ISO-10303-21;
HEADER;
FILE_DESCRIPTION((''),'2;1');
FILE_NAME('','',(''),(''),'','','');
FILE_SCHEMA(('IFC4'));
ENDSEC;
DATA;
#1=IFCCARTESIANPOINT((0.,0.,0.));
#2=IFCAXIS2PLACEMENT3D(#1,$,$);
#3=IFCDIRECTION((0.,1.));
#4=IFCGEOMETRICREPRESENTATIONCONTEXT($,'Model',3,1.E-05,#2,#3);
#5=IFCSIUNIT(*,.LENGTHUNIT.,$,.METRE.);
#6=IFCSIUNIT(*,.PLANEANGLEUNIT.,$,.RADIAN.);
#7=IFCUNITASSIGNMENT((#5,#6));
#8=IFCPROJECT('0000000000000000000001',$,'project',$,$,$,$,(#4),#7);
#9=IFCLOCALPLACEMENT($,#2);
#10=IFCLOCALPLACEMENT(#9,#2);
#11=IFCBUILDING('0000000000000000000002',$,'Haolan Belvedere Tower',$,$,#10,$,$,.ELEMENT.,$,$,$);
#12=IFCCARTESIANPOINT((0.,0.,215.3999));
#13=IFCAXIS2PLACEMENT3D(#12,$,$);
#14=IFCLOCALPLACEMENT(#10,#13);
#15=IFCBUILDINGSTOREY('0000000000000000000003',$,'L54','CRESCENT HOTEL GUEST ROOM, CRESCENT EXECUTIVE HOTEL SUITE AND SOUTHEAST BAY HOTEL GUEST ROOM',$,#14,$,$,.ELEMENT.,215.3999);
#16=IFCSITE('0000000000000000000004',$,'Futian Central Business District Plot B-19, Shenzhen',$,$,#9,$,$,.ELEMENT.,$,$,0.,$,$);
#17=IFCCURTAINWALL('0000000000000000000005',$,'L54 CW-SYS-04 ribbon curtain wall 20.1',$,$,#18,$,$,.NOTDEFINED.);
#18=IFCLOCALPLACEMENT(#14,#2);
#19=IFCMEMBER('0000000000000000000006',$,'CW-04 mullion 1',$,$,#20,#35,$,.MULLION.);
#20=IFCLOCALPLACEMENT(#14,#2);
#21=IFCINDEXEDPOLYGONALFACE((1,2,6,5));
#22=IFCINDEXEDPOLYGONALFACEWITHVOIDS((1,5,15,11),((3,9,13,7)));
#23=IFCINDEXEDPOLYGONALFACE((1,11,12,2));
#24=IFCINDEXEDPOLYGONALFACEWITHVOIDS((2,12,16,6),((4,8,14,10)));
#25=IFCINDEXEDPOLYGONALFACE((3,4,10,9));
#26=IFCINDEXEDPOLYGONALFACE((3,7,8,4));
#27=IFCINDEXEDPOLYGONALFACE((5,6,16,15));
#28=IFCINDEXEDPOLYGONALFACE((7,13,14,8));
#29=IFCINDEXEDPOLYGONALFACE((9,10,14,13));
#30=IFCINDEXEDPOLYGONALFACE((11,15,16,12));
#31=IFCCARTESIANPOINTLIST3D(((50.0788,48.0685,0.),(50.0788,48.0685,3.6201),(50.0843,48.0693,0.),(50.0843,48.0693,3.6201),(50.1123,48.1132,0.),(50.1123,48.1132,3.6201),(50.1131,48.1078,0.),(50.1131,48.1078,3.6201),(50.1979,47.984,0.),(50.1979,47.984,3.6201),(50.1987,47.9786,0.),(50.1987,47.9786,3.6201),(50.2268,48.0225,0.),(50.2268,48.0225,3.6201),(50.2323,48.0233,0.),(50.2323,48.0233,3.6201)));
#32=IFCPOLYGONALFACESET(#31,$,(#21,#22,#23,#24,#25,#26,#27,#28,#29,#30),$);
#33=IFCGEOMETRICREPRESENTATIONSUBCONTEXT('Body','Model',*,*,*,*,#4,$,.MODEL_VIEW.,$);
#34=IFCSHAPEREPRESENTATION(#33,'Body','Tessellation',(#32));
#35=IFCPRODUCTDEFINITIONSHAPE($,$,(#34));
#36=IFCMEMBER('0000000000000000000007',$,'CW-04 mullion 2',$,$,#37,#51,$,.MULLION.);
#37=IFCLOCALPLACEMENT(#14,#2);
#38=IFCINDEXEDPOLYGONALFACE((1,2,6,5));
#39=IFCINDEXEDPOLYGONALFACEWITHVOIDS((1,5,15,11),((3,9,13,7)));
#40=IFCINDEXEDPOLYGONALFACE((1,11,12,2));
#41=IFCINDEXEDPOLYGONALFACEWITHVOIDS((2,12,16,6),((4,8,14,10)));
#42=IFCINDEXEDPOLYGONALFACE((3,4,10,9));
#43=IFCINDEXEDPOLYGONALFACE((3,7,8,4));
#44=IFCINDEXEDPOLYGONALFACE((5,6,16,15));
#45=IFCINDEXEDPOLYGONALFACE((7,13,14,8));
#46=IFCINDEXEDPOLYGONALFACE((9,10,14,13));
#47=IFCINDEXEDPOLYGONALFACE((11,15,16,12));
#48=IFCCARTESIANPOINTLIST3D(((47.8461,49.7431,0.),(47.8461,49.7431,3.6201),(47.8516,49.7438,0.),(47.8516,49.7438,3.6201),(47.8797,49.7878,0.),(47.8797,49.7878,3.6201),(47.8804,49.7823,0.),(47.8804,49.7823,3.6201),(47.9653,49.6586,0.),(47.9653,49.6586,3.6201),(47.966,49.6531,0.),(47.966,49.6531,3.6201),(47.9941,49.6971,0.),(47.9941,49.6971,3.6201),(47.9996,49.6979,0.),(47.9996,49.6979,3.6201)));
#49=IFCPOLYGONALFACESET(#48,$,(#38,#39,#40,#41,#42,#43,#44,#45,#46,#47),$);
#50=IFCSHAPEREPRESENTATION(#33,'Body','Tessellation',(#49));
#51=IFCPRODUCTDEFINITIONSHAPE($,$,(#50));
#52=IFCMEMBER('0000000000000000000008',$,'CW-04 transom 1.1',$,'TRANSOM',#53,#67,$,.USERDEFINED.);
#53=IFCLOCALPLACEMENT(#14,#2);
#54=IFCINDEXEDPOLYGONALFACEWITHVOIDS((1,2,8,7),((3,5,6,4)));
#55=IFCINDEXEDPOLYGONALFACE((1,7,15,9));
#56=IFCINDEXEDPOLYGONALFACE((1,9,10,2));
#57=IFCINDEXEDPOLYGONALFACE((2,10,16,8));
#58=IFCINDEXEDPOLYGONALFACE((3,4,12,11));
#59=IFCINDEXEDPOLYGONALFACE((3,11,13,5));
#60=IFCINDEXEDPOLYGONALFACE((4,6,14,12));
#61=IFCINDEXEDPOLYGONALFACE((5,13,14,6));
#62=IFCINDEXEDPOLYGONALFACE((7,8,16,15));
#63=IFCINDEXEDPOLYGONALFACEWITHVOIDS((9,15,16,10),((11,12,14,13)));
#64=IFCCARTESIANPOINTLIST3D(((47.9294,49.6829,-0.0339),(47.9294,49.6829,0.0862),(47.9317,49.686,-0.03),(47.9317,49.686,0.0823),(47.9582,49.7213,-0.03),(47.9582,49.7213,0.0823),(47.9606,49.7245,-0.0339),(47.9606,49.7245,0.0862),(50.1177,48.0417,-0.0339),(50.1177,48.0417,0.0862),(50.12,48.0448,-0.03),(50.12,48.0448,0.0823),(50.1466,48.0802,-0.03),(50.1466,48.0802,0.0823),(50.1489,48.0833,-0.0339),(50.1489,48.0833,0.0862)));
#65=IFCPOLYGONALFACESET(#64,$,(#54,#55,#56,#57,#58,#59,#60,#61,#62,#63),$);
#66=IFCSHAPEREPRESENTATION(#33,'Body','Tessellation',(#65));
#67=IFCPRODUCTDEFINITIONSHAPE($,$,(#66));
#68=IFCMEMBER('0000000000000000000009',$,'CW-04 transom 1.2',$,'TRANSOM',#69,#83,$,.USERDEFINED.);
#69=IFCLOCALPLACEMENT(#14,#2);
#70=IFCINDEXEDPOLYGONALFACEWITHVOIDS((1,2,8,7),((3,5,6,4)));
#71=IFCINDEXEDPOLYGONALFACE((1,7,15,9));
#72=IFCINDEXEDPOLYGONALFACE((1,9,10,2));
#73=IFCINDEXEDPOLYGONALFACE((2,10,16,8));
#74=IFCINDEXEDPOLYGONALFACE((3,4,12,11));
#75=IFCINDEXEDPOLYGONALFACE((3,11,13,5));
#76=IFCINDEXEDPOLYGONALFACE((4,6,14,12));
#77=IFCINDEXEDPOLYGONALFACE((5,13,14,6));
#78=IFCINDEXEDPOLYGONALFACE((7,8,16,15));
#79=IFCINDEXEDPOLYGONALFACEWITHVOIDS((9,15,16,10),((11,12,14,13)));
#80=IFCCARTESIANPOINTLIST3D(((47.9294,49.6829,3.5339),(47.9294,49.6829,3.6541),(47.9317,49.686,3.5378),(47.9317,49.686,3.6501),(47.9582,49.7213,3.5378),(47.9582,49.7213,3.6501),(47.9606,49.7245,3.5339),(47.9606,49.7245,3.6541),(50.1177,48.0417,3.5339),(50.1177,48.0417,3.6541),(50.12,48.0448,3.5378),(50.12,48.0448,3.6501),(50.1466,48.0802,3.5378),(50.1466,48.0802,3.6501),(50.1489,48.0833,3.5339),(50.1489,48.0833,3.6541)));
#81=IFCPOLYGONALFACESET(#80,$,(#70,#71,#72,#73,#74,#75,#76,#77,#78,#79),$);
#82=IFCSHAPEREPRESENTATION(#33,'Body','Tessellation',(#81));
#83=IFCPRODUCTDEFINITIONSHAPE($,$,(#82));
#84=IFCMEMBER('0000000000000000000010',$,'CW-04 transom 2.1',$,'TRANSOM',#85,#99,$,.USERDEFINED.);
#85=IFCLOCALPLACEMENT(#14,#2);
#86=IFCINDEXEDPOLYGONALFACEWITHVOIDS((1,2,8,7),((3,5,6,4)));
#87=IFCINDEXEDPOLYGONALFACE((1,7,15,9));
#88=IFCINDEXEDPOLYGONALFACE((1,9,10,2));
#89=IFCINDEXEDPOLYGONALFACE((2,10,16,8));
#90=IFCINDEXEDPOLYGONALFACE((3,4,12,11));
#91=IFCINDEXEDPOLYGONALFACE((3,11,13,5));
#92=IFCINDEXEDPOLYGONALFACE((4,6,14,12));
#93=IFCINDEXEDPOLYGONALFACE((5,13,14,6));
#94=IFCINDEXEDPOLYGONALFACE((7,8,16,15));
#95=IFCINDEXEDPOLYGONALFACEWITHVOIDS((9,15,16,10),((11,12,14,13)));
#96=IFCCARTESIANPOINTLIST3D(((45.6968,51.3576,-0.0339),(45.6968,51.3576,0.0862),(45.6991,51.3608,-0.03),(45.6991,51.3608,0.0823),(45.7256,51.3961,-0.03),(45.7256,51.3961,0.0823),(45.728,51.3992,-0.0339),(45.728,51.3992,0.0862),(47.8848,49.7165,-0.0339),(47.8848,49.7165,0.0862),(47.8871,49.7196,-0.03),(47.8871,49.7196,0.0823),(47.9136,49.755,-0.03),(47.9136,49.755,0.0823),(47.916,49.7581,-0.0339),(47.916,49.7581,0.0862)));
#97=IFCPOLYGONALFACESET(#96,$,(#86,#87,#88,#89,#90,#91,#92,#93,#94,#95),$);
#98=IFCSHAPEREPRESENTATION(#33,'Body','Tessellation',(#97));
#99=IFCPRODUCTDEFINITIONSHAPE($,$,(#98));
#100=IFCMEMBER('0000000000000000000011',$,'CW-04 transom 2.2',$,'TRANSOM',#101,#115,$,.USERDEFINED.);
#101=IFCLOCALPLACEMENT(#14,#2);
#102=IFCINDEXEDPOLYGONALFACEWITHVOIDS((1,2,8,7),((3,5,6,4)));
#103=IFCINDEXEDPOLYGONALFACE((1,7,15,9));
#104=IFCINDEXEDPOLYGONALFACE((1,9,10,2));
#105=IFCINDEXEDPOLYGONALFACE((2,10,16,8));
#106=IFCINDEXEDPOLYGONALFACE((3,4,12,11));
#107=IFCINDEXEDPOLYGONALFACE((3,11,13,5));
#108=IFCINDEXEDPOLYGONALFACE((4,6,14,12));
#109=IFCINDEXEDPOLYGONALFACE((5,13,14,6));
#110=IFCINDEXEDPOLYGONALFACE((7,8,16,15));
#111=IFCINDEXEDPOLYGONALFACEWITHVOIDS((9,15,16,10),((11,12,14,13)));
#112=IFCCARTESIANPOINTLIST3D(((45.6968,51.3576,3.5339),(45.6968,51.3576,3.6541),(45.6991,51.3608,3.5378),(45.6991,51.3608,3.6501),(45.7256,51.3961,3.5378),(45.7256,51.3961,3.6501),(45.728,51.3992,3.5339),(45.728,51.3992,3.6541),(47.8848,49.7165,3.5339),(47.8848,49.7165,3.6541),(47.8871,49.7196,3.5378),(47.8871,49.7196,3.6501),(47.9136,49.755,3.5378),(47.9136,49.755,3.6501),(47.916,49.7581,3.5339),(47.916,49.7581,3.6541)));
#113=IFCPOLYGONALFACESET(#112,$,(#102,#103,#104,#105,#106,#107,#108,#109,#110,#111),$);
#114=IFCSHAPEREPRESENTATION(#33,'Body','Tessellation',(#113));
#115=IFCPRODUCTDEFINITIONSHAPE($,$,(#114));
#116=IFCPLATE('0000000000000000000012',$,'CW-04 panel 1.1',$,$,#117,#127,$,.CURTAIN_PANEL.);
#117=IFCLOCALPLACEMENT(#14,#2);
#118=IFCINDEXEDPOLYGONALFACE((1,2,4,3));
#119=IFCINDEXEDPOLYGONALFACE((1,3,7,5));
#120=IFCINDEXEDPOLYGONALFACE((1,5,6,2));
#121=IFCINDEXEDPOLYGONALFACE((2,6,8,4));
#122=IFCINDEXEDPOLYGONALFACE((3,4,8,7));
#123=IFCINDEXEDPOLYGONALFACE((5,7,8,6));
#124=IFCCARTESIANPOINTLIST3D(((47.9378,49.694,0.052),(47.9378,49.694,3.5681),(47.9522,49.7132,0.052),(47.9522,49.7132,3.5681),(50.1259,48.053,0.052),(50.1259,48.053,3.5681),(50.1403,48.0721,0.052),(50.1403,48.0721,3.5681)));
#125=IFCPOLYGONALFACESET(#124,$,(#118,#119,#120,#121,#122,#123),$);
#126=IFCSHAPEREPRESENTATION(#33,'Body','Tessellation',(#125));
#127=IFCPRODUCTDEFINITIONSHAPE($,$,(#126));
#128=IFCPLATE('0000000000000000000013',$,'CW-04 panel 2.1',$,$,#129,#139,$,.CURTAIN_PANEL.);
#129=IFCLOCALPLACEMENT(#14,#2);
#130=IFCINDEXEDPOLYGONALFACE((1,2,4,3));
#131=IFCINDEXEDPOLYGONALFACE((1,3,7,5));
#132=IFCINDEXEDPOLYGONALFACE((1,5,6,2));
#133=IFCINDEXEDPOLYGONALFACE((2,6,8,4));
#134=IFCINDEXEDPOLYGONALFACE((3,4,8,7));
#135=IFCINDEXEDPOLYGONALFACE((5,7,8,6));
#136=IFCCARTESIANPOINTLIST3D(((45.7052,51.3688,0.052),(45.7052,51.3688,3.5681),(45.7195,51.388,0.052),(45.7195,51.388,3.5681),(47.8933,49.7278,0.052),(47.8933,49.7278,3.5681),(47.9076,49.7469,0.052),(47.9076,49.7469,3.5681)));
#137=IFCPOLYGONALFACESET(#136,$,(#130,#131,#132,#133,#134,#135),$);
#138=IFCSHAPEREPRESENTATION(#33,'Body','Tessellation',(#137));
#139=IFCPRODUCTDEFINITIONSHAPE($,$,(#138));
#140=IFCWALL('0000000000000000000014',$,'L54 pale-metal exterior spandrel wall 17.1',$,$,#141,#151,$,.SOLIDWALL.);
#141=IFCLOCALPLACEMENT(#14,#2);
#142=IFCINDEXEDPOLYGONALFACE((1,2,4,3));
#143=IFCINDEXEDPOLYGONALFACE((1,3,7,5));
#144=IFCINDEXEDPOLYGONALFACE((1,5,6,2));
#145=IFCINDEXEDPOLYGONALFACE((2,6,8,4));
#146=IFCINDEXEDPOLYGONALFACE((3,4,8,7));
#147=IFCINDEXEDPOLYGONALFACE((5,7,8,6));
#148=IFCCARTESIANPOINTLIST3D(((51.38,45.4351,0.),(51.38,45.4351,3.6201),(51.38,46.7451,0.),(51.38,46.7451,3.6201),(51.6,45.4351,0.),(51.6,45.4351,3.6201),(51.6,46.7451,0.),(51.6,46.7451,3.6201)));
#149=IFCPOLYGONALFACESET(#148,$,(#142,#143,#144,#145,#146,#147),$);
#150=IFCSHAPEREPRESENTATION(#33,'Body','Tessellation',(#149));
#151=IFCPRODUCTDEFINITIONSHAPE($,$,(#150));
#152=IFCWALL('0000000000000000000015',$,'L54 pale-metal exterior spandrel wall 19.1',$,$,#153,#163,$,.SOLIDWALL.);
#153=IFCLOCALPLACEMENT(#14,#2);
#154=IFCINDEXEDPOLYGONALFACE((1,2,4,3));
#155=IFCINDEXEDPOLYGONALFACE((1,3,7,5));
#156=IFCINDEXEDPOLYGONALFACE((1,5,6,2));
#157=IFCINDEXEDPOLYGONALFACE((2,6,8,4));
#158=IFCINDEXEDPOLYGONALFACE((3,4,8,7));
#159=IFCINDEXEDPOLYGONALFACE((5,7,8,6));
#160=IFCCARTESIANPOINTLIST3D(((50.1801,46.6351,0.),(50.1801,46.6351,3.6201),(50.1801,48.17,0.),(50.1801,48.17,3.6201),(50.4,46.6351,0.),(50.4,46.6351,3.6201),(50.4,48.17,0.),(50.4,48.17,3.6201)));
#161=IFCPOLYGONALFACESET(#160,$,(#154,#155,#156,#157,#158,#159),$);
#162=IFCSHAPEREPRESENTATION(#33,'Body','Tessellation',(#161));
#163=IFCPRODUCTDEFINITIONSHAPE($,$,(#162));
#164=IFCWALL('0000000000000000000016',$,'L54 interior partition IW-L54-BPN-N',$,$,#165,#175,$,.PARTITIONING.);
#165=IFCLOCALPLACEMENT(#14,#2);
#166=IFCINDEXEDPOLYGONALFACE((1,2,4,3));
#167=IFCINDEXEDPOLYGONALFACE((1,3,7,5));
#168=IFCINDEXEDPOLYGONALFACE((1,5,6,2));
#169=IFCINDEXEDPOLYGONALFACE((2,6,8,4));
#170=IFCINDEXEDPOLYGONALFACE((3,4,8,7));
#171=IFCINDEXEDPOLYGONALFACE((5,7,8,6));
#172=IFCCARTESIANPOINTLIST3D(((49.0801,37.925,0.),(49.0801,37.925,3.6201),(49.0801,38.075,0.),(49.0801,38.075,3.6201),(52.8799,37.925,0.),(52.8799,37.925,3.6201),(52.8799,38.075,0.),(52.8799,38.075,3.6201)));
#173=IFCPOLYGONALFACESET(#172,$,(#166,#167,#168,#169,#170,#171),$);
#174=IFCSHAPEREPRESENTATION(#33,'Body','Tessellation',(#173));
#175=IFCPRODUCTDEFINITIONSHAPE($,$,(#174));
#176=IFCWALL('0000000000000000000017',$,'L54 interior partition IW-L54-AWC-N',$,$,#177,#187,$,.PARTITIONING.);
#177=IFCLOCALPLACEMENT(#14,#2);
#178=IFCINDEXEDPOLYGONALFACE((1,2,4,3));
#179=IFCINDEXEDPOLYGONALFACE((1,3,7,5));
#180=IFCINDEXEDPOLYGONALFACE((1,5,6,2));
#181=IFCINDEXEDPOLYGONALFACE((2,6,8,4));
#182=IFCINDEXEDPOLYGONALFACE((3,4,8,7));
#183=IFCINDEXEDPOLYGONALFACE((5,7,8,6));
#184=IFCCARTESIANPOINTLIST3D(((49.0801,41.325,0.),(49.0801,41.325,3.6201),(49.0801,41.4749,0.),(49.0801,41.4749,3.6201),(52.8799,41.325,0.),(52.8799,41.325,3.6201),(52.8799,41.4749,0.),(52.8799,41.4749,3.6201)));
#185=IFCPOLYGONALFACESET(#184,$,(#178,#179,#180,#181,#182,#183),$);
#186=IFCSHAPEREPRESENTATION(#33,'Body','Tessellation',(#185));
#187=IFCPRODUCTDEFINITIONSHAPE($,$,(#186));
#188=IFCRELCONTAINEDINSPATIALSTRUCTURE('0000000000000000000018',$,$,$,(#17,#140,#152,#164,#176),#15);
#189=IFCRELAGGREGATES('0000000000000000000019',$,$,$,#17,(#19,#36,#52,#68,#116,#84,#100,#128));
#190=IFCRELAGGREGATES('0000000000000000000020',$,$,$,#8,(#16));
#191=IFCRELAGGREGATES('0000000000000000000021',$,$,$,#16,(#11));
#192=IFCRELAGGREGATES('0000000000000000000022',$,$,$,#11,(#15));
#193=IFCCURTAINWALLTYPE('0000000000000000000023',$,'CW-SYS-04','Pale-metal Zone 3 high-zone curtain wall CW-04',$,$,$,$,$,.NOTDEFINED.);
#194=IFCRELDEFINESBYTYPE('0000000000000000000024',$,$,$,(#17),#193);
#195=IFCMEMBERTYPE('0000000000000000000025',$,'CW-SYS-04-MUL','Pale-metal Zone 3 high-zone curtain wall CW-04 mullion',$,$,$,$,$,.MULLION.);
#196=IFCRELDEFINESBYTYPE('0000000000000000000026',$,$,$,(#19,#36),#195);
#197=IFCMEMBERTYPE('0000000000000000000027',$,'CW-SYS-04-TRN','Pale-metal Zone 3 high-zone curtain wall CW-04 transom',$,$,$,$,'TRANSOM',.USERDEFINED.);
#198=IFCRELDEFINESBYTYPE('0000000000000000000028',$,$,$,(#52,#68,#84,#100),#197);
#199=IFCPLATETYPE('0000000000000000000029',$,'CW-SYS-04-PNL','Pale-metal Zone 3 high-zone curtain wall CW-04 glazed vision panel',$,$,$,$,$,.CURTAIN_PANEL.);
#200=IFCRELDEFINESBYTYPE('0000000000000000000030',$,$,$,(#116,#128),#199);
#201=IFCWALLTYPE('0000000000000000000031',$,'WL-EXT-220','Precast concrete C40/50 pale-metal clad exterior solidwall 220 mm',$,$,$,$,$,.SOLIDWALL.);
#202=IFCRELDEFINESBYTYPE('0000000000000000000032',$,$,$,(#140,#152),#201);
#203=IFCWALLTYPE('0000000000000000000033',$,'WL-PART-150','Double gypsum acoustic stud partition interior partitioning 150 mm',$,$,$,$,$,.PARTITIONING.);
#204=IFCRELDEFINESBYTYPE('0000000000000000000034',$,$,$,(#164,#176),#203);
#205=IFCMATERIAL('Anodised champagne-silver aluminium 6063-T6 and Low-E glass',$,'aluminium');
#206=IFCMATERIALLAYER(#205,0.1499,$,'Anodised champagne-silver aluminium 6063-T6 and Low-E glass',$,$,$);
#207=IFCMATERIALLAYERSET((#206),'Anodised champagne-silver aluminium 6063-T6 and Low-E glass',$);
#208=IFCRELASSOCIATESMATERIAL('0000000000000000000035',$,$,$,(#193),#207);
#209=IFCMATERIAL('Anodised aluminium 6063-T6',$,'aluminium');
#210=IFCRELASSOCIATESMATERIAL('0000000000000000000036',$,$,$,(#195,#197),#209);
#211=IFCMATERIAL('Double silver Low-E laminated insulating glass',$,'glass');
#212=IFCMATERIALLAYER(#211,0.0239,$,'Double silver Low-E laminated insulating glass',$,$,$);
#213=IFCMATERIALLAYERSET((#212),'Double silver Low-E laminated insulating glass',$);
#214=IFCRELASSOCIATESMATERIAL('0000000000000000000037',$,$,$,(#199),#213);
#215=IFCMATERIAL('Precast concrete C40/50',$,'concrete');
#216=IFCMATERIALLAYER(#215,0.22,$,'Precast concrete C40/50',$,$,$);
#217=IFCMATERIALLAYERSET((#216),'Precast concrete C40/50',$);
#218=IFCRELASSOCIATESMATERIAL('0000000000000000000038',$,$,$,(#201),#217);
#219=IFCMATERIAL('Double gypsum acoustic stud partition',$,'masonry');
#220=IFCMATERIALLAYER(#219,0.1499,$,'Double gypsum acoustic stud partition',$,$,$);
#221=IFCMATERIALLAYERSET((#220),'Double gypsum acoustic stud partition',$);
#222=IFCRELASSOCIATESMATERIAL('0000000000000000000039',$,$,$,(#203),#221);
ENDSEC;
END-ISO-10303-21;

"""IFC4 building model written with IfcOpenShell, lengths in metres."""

from ifc_helpers import new_model, si_unit, direction, frame, frame_2d, origin, origin_2d, place, context, subcontext, project, spatial, rectangle, hollow_rectangle, extrude, material, layer, layer_set, material_profile, profile_set, type_object, element, aggregate, save


model = new_model("IFC4")

# Units and contexts
model_context = context("Model", 3, precision=1e-05, world=origin(), true_north=direction((0.0, 1.0)))
body_context = subcontext(model_context, "Body", "Model", "MODEL_VIEW")
ifc_project = project(units=[si_unit("LENGTHUNIT", "METRE"), si_unit("PLANEANGLEUNIT", "RADIAN")], contexts=[model_context])

# Site, building, storey
site_placement = place(None, origin())
site = spatial("IfcSite", under=ifc_project, at=site_placement, Name="Futian Central Business District Plot B-19, Shenzhen", CompositionType="ELEMENT", RefElevation=0.0)
building_placement = place(site_placement, origin())
building = spatial("IfcBuilding", under=site, at=building_placement, Name="Haolan Belvedere Tower", CompositionType="ELEMENT")
storey_placement = place(building_placement, frame((0.0, 0.0, 215.3999)))
storey = spatial("IfcBuildingStorey", under=building, at=storey_placement, Name="L54", Description="CRESCENT HOTEL GUEST ROOM, CRESCENT EXECUTIVE HOTEL SUITE AND SOUTHEAST BAY HOTEL GUEST ROOM", CompositionType="ELEMENT", Elevation=215.3999)

# Curtain wall, members, plates
ifc_material_1 = material(Name="Anodised champagne-silver aluminium 6063-T6 and Low-E glass", Category="aluminium")
ifc_layer_1 = layer(ifc_material_1, 0.1499, Name="Anodised champagne-silver aluminium 6063-T6 and Low-E glass")
ifc_layer_set_1 = layer_set([ifc_layer_1], Name="Anodised champagne-silver aluminium 6063-T6 and Low-E glass")
curtain_wall_type = type_object("IfcCurtainWallType", Name="CW-SYS-04", Description="Pale-metal Zone 3 high-zone curtain wall CW-04", PredefinedType="NOTDEFINED", material=ifc_layer_set_1)
curtain_wall_placement = place(storey_placement, origin())
curtain_wall = element("IfcCurtainWall", 1, at=curtain_wall_placement, inside=storey, type_object=curtain_wall_type, Name="L54 CW-SYS-04 ribbon curtain wall 20.1", PredefinedType="NOTDEFINED")
ifc_material_2 = material(Name="Anodised aluminium 6063-T6", Category="aluminium")
ifc_material_profile_1 = material_profile(ifc_material_2, hollow_rectangle(XDim=0.0559, YDim=0.1499, WallThickness=0.0039, at=origin_2d()), Name="Anodised aluminium 6063-T6")
ifc_profile_set_1 = profile_set([ifc_material_profile_1], Name="Anodised aluminium 6063-T6")
member_type_1 = type_object("IfcMemberType", Name="CW-SYS-04-MUL", Description="Pale-metal Zone 3 high-zone curtain wall CW-04 mullion", PredefinedType="MULLION", material=ifc_profile_set_1)
member_1_placement = place(storey_placement, frame((50.1555, 48.0459, 0.0), z_axis=(0.0, 0.0, 1.0), x_axis=(-0.600003, -0.799998, 0.0)))
member_1 = element("IfcMember", 2, at=member_1_placement, type_object=member_type_1, Name="CW-04 mullion 1", PredefinedType="MULLION", context=body_context, shape_type="SweptSolid", body=[
    extrude(hollow_rectangle(XDim=0.0559, YDim=0.1499, WallThickness=0.0039, at=origin_2d()), origin(), (0.0, 0.0, 1.0), 3.6201),
])
member_2_placement = place(storey_placement, frame((47.9229, 49.7205, 0.0), z_axis=(0.0, 0.0, 1.0), x_axis=(-0.600003, -0.799998, 0.0)))
member_2 = element("IfcMember", 3, at=member_2_placement, type_object=member_type_1, Name="CW-04 mullion 2", PredefinedType="MULLION", context=body_context, shape_type="SweptSolid", body=[
    extrude(hollow_rectangle(XDim=0.0559, YDim=0.1499, WallThickness=0.0039, at=origin_2d()), origin(), (0.0, 0.0, 1.0), 3.6201),
])
ifc_material_profile_2 = material_profile(ifc_material_2, hollow_rectangle(XDim=0.052, YDim=0.1201, WallThickness=0.0039, at=origin_2d()), Name="Anodised aluminium 6063-T6")
ifc_profile_set_2 = profile_set([ifc_material_profile_2], Name="Anodised aluminium 6063-T6")
member_type_2 = type_object("IfcMemberType", Name="CW-SYS-04-TRN", Description="Pale-metal Zone 3 high-zone curtain wall CW-04 transom", ElementType="TRANSOM", PredefinedType="USERDEFINED", material=ifc_profile_set_2)
member_3_placement = place(storey_placement, frame((50.1333, 48.0625, 0.0261), z_axis=(-0.800011, 0.599986, 0.0), x_axis=(-0.599986, -0.800011, 0.0)))
member_3 = element("IfcMember", 4, at=member_3_placement, type_object=member_type_2, Name="CW-04 transom 1.1", ObjectType="TRANSOM", PredefinedType="USERDEFINED", context=body_context, shape_type="SweptSolid", body=[
    extrude(hollow_rectangle(XDim=0.052, YDim=0.1201, WallThickness=0.0039, at=origin_2d()), origin(), (0.0, 0.0, 1.0), 2.7354),
])
member_4_placement = place(storey_placement, frame((50.1333, 48.0625, 3.594), z_axis=(-0.800011, 0.599986, 0.0), x_axis=(-0.599986, -0.800011, 0.0)))
member_4 = element("IfcMember", 5, at=member_4_placement, type_object=member_type_2, Name="CW-04 transom 1.2", ObjectType="TRANSOM", PredefinedType="USERDEFINED", context=body_context, shape_type="SweptSolid", body=[
    extrude(hollow_rectangle(XDim=0.052, YDim=0.1201, WallThickness=0.0039, at=origin_2d()), origin(), (0.0, 0.0, 1.0), 2.7354),
])
member_5_placement = place(storey_placement, frame((47.9004, 49.7373, 0.0261), z_axis=(-0.799979, 0.600029, 0.0), x_axis=(-0.600029, -0.799979, 0.0)))
member_5 = element("IfcMember", 6, at=member_5_placement, type_object=member_type_2, Name="CW-04 transom 2.1", ObjectType="TRANSOM", PredefinedType="USERDEFINED", context=body_context, shape_type="SweptSolid", body=[
    extrude(hollow_rectangle(XDim=0.052, YDim=0.1201, WallThickness=0.0039, at=origin_2d()), origin(), (0.0, 0.0, 1.0), 2.7351),
])
member_6_placement = place(storey_placement, frame((47.9004, 49.7373, 3.594), z_axis=(-0.799979, 0.600029, 0.0), x_axis=(-0.600029, -0.799979, 0.0)))
member_6 = element("IfcMember", 7, at=member_6_placement, type_object=member_type_2, Name="CW-04 transom 2.2", ObjectType="TRANSOM", PredefinedType="USERDEFINED", context=body_context, shape_type="SweptSolid", body=[
    extrude(hollow_rectangle(XDim=0.052, YDim=0.1201, WallThickness=0.0039, at=origin_2d()), origin(), (0.0, 0.0, 1.0), 2.7351),
])
ifc_material_3 = material(Name="Double silver Low-E laminated insulating glass", Category="glass")
ifc_layer_2 = layer(ifc_material_3, 0.0239, Name="Double silver Low-E laminated insulating glass")
ifc_layer_set_2 = layer_set([ifc_layer_2], Name="Double silver Low-E laminated insulating glass")
plate_type = type_object("IfcPlateType", Name="CW-SYS-04-PNL", Description="Pale-metal Zone 3 high-zone curtain wall CW-04 glazed vision panel", PredefinedType="CURTAIN_PANEL", material=ifc_layer_set_2)
plate_1_placement = place(storey_placement, frame((49.0391, 48.8831, 0.052), z_axis=(0.0, 0.0, 1.0), x_axis=(-0.799998, 0.600003, 0.0)))
plate_1 = element("IfcPlate", 8, at=plate_1_placement, type_object=plate_type, Name="CW-04 panel 1.1", PredefinedType="CURTAIN_PANEL", context=body_context, shape_type="SweptSolid", body=[
    extrude(rectangle(XDim=2.7351, YDim=0.0239, at=origin_2d()), origin(), (0.0, 0.0, 1.0), 3.5161),
])
plate_2_placement = place(storey_placement, frame((46.8064, 50.5579, 0.052), z_axis=(0.0, 0.0, 1.0), x_axis=(-0.799998, 0.600003, 0.0)))
plate_2 = element("IfcPlate", 9, at=plate_2_placement, type_object=plate_type, Name="CW-04 panel 2.1", PredefinedType="CURTAIN_PANEL", context=body_context, shape_type="SweptSolid", body=[
    extrude(rectangle(XDim=2.7351, YDim=0.0239, at=origin_2d()), origin(), (0.0, 0.0, 1.0), 3.5161),
])
aggregate(curtain_wall, [member_1, member_2, member_3, member_4, plate_1, member_5, member_6, plate_2])

# Walls
ifc_material_4 = material(Name="Precast concrete C40/50", Category="concrete")
ifc_layer_3 = layer(ifc_material_4, 0.22, Name="Precast concrete C40/50")
ifc_layer_set_3 = layer_set([ifc_layer_3], Name="Precast concrete C40/50")
wall_type_1 = type_object("IfcWallType", Name="WL-EXT-220", Description="Precast concrete C40/50 pale-metal clad exterior solidwall 220 mm", PredefinedType="SOLIDWALL", material=ifc_layer_set_3)
wall_1_placement = place(storey_placement, frame((51.49, 45.4351, 0.0), z_axis=(0.0, 0.0, 1.0), x_axis=(0.0, 1.0, 0.0)))
element("IfcWall", 10, at=wall_1_placement, inside=storey, type_object=wall_type_1, Name="L54 pale-metal exterior spandrel wall 17.1", PredefinedType="SOLIDWALL", context=body_context, shape_type="SweptSolid", body=[
    extrude(rectangle(XDim=1.3101, YDim=0.22, at=frame_2d((0.655, 0.0))), origin(), (0.0, 0.0, 1.0), 3.6201),
])
wall_2_placement = place(storey_placement, frame((50.29, 46.635, 0.0), z_axis=(0.0, 0.0, 1.0), x_axis=(0.0, 1.0, 0.0)))
element("IfcWall", 11, at=wall_2_placement, inside=storey, type_object=wall_type_1, Name="L54 pale-metal exterior spandrel wall 19.1", PredefinedType="SOLIDWALL", context=body_context, shape_type="SweptSolid", body=[
    extrude(rectangle(XDim=1.5349, YDim=0.22, at=frame_2d((0.7676, 0.0))), origin(), (0.0, 0.0, 1.0), 3.6201),
])
ifc_material_5 = material(Name="Double gypsum acoustic stud partition", Category="masonry")
ifc_layer_4 = layer(ifc_material_5, 0.1499, Name="Double gypsum acoustic stud partition")
ifc_layer_set_4 = layer_set([ifc_layer_4], Name="Double gypsum acoustic stud partition")
wall_type_2 = type_object("IfcWallType", Name="WL-PART-150", Description="Double gypsum acoustic stud partition interior partitioning 150 mm", PredefinedType="PARTITIONING", material=ifc_layer_set_4)
for number, where, z_axis, x_axis, name in (
    (12, (49.0801, 38.0, 0.0), (0.0, 0.0, 1.0), (1.0, 0.0, 0.0), "L54 interior partition IW-L54-BPN-N"),
    (13, (49.0801, 41.3999, 0.0), (0.0, 0.0, 1.0), (1.0, 0.0, 0.0), "L54 interior partition IW-L54-AWC-N"),
):
    element("IfcWall", number, at=place(storey_placement, frame(where, z_axis=z_axis, x_axis=x_axis)), inside=storey, type_object=wall_type_2, Name=name, PredefinedType="PARTITIONING", context=body_context, shape_type="SweptSolid", body=[
        extrude(rectangle(XDim=3.7998, YDim=0.1499, at=frame_2d((1.8999, 0.0))), origin(), (0.0, 0.0, 1.0), 3.6201),
    ])

save(model, "model.ifc")
